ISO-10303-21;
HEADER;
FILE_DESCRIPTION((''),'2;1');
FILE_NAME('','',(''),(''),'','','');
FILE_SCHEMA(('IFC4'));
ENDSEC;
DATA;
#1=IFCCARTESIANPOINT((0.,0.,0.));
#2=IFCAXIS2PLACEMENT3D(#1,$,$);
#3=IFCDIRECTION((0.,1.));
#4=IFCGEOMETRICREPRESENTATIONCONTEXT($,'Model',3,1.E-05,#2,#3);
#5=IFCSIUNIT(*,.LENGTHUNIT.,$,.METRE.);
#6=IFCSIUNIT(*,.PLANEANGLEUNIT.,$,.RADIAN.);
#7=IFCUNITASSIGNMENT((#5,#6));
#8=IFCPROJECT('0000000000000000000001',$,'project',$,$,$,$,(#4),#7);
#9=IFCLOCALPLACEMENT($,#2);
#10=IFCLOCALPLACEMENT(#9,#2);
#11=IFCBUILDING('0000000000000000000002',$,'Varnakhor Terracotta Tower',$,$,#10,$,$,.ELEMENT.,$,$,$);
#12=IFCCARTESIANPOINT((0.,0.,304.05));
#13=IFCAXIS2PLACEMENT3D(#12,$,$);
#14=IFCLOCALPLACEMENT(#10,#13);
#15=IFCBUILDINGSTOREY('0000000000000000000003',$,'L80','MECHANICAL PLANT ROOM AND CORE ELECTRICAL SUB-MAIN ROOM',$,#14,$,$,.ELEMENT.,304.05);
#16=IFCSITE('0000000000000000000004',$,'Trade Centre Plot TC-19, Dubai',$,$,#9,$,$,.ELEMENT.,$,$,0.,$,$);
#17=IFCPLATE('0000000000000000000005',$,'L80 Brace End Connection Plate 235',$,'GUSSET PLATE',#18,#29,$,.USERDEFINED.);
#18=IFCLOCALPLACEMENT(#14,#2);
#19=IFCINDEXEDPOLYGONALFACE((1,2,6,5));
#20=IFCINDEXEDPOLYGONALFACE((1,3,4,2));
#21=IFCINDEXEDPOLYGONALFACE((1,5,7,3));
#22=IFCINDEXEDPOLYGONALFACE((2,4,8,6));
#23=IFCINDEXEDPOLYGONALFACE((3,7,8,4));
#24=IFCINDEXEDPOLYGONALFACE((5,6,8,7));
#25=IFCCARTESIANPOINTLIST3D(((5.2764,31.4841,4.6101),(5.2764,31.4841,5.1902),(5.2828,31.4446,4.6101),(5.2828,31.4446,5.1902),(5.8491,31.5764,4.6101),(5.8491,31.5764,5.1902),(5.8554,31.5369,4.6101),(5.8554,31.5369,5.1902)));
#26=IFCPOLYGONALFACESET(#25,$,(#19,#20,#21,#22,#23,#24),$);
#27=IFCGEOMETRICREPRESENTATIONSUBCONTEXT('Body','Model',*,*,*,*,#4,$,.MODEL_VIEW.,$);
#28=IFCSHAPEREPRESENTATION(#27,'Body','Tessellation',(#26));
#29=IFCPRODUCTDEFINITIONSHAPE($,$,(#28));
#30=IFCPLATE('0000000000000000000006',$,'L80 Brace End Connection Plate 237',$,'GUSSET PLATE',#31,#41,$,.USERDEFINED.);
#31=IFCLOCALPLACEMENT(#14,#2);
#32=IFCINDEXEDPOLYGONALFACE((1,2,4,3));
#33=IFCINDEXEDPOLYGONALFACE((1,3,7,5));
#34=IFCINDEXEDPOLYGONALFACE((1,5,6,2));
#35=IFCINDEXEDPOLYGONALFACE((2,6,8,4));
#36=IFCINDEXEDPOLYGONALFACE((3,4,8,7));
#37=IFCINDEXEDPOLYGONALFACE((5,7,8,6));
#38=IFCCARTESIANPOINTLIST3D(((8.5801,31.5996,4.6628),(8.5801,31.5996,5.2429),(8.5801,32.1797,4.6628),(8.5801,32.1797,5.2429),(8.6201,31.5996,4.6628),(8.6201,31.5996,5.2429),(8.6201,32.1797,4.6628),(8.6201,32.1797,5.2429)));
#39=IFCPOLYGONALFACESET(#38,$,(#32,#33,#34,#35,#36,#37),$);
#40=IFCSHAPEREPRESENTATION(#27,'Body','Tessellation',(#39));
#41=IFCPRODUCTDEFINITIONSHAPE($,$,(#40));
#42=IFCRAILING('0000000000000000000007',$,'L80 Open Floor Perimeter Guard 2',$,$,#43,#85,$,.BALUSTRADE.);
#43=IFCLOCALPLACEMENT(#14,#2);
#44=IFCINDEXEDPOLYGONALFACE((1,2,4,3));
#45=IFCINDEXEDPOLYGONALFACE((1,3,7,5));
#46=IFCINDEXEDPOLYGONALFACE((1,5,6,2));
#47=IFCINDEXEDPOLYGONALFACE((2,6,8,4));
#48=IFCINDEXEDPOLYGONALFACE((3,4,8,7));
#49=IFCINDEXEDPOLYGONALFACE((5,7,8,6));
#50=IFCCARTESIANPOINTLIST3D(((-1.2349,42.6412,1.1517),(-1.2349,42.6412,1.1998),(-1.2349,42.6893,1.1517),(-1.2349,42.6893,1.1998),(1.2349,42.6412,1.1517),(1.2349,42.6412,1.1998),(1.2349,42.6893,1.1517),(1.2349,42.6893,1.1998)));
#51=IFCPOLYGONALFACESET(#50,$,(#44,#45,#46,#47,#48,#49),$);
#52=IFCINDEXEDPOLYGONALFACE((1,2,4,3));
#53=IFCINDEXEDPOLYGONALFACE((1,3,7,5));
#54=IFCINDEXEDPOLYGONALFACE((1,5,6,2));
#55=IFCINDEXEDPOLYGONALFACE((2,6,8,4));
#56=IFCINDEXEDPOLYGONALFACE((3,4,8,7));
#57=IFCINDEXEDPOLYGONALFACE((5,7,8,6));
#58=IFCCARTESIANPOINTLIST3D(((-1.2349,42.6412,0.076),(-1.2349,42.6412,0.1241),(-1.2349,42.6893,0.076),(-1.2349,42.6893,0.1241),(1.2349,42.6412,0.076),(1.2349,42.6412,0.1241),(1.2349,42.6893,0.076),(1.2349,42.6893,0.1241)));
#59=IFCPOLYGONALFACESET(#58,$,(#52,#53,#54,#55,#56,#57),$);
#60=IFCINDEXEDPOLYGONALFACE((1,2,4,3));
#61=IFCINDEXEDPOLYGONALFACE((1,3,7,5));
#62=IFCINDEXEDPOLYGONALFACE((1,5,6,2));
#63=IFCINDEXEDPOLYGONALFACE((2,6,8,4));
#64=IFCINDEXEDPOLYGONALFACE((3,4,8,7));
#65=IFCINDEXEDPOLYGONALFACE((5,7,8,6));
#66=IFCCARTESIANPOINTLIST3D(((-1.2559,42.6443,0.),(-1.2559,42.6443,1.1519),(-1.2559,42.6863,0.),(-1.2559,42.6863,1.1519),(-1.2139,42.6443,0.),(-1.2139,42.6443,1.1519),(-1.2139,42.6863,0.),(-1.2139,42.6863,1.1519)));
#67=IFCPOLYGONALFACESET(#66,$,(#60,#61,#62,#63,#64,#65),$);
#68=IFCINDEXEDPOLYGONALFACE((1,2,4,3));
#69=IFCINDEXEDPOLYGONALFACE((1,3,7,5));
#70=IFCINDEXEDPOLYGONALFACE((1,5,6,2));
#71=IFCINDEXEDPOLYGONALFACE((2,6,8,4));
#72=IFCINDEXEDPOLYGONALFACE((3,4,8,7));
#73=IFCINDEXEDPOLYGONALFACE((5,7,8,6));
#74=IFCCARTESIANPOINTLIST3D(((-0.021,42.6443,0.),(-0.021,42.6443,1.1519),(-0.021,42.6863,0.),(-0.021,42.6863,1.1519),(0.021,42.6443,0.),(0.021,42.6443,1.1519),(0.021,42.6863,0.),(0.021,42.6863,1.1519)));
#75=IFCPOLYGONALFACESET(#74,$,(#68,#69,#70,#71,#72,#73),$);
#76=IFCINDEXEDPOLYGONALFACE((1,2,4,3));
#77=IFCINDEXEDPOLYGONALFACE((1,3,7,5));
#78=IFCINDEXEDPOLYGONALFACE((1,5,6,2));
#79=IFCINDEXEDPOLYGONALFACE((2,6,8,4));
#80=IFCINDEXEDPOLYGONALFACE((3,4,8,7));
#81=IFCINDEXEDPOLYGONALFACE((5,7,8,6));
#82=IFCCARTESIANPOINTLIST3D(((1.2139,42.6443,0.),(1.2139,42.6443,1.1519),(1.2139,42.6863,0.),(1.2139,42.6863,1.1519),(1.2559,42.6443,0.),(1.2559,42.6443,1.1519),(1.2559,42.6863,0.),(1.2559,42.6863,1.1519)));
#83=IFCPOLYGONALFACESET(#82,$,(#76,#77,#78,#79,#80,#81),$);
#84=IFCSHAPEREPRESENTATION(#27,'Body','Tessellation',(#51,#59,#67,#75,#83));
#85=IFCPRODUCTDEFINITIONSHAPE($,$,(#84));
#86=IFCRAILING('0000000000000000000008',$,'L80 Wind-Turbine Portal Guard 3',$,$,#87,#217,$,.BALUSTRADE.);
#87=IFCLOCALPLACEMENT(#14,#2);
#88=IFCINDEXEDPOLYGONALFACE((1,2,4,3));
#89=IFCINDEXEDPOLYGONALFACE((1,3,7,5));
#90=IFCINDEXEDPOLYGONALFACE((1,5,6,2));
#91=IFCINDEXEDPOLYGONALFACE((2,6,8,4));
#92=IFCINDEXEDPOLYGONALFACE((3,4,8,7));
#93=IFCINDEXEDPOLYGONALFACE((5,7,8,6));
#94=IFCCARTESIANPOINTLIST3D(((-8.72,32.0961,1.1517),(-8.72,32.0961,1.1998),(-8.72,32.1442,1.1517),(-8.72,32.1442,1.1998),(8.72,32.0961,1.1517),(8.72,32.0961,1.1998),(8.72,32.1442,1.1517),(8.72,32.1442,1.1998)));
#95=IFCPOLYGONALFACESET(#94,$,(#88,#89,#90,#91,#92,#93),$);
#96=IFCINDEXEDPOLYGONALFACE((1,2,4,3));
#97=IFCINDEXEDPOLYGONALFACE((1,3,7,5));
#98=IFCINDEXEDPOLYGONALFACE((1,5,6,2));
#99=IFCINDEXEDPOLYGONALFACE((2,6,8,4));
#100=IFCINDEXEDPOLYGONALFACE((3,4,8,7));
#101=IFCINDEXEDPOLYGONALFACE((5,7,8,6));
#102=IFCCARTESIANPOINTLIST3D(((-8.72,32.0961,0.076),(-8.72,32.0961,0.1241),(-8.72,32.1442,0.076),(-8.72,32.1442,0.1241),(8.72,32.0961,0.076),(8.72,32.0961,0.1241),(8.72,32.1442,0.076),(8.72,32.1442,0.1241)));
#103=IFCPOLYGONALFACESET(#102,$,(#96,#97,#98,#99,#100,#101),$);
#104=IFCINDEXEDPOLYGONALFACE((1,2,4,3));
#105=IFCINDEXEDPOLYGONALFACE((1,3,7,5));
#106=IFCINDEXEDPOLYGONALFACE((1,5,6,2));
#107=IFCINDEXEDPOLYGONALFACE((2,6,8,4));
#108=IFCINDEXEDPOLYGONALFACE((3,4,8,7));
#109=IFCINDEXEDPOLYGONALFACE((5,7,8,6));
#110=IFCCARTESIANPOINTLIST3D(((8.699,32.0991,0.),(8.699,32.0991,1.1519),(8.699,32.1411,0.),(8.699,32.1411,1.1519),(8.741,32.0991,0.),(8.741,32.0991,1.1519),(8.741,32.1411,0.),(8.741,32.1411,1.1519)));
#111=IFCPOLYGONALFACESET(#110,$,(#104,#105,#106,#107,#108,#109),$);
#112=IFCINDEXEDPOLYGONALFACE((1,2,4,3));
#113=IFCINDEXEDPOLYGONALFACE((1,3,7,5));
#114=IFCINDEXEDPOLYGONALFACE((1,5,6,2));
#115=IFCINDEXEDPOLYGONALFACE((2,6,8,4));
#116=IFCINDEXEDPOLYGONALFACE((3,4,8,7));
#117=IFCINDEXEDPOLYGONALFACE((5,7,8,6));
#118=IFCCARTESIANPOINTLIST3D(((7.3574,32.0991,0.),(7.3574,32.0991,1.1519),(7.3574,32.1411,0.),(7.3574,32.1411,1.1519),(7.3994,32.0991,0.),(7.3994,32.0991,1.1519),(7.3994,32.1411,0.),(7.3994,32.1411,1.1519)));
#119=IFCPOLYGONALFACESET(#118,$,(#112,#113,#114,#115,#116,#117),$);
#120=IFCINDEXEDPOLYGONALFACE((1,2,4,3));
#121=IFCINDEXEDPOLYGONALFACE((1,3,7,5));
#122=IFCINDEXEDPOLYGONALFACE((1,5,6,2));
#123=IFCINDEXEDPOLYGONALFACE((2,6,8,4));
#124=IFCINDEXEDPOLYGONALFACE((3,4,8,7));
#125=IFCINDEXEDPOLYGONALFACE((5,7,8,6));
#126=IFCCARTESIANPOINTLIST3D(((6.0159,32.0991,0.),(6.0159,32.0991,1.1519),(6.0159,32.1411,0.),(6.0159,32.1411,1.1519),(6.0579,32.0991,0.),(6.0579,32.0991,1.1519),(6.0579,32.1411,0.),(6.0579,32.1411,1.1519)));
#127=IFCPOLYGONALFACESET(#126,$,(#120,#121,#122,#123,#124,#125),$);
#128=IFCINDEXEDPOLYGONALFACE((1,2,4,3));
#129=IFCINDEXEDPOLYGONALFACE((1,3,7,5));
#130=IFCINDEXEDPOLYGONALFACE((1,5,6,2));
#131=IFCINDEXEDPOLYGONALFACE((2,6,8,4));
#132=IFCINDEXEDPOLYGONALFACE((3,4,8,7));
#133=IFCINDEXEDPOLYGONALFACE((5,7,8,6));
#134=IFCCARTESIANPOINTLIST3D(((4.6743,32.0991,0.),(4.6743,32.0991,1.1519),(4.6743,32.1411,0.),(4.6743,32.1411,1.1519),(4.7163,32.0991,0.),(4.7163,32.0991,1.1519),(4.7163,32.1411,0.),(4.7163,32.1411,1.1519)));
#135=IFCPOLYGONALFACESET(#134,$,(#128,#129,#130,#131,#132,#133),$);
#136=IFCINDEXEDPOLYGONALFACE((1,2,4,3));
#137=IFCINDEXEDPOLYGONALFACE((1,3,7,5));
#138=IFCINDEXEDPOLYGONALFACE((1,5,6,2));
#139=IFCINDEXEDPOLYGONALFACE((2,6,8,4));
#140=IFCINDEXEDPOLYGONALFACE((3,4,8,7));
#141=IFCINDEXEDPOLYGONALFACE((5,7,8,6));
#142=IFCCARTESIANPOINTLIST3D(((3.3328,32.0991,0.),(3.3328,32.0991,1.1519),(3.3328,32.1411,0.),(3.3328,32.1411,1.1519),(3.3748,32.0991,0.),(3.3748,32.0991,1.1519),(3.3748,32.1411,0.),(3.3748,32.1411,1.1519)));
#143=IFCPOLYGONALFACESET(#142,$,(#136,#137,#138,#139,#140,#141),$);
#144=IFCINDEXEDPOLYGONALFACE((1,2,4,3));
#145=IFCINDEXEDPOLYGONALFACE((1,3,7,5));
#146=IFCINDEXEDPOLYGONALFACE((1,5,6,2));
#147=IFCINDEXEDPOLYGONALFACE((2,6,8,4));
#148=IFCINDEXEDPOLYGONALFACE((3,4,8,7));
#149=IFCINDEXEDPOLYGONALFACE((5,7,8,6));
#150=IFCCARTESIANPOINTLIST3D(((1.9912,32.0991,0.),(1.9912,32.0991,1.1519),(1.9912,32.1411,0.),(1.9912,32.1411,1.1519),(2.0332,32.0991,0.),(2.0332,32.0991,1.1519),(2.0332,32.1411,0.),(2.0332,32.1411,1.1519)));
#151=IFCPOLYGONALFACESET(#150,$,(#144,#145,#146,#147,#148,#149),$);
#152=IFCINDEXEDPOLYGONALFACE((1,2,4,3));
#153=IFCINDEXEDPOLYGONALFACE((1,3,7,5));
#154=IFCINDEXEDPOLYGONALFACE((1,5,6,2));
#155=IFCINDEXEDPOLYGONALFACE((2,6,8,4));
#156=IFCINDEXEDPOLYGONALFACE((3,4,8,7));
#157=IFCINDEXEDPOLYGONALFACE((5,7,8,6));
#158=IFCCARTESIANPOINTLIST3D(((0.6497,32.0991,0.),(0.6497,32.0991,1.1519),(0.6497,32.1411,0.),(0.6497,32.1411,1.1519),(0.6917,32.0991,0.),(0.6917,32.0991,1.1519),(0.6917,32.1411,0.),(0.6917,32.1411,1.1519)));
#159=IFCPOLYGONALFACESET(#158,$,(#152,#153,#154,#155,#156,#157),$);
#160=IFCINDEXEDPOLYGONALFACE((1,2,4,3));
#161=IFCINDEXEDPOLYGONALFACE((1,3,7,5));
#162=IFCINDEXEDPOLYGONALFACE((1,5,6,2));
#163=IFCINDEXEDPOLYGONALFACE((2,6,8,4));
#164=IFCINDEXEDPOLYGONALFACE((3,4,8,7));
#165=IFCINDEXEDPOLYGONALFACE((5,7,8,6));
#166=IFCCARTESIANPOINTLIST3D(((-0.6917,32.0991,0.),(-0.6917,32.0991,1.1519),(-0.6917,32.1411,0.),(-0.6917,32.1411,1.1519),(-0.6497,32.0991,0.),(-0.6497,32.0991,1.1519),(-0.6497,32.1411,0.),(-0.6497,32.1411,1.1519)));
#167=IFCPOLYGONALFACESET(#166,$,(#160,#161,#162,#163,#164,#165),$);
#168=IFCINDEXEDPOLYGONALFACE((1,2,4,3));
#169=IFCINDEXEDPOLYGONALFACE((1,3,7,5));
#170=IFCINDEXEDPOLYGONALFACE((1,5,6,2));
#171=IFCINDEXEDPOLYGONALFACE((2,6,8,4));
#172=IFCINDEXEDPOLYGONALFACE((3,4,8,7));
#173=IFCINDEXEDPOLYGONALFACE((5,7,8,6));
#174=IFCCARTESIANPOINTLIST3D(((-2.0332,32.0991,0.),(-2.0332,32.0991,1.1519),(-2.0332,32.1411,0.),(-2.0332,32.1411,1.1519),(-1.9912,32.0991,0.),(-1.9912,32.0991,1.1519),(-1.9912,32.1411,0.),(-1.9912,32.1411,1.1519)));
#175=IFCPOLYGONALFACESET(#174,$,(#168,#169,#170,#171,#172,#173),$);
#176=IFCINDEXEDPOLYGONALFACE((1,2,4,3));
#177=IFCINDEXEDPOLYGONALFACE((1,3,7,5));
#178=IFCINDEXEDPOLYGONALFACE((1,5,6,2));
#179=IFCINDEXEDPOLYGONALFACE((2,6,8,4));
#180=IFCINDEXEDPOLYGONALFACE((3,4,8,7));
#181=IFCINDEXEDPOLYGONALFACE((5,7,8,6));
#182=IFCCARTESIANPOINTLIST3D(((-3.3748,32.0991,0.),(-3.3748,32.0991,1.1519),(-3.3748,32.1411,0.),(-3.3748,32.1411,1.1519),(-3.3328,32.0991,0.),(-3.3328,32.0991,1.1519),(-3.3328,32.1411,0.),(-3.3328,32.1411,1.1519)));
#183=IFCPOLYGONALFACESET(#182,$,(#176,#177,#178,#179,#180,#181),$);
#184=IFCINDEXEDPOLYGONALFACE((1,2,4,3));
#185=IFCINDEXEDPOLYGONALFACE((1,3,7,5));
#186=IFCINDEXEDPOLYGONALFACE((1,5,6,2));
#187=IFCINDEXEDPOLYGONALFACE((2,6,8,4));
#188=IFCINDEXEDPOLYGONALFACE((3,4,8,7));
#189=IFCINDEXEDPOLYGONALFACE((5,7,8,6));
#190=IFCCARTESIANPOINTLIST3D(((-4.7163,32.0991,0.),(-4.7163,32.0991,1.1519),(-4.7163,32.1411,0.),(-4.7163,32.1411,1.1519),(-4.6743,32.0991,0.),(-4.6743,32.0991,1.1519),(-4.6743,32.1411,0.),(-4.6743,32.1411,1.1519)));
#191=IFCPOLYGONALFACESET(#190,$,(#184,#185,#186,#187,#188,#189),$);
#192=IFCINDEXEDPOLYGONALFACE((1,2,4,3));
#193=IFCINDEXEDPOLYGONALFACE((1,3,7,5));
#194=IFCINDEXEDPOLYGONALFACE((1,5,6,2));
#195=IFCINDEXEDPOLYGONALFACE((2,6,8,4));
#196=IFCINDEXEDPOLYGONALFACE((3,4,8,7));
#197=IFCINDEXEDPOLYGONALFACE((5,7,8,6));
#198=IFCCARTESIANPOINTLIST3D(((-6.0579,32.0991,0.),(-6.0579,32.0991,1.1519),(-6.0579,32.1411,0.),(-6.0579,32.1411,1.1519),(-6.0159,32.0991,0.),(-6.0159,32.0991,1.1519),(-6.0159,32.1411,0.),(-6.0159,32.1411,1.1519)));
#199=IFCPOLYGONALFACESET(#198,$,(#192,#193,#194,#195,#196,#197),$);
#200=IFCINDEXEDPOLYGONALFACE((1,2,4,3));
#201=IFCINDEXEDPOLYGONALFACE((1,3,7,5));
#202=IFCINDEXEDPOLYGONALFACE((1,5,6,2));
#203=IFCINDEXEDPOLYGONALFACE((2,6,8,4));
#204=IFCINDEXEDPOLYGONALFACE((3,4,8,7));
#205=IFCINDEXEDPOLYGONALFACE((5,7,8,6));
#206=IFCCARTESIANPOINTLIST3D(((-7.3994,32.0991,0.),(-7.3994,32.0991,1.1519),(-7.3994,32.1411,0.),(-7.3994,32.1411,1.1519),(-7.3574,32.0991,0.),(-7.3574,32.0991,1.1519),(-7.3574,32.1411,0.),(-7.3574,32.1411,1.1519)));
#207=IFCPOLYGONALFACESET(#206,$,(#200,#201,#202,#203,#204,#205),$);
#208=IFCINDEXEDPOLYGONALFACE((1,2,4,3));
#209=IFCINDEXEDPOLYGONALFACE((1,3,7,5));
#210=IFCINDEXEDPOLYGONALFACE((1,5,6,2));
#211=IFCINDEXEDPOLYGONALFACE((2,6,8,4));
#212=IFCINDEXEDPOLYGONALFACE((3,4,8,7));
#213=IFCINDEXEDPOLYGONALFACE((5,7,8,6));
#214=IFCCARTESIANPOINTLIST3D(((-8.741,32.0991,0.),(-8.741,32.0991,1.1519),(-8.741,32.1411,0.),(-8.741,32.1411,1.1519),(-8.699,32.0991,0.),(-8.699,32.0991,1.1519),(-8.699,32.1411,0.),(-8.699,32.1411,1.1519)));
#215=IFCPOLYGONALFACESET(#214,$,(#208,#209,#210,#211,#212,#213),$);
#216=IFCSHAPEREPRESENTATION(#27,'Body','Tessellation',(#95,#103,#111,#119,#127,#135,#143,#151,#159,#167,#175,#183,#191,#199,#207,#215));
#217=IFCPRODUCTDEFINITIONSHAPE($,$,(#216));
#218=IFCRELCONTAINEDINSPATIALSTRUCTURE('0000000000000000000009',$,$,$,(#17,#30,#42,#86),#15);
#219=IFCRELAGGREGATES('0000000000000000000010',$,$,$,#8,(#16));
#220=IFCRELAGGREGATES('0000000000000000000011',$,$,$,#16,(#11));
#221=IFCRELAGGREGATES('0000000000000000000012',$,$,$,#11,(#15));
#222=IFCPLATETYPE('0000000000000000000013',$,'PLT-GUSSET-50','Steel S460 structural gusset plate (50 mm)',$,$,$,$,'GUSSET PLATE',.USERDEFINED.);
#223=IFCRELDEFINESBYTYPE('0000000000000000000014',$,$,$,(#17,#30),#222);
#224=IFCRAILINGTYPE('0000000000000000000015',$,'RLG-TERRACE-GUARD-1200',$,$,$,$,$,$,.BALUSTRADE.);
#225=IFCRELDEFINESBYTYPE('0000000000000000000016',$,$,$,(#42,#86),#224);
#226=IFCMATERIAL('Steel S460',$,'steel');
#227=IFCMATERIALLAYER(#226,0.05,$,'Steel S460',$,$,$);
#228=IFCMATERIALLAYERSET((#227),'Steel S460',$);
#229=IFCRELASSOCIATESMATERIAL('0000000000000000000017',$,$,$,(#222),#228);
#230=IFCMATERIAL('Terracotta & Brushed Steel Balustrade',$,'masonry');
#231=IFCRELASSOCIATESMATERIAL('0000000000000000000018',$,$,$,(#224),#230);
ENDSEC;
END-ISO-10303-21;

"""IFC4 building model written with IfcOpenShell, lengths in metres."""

from ifc_helpers import new_model, si_unit, direction, frame, origin, origin_2d, place, context, subcontext, project, spatial, rectangle, extrude, source, transform, mapped, material, layer, layer_set, type_object, element, save


model = new_model("IFC4")

# Units and contexts
model_context = context("Model", 3, precision=1e-05, world=origin(), true_north=direction((0.0, 1.0)))
body_context = subcontext(model_context, "Body", "Model", "MODEL_VIEW")
ifc_project = project(units=[si_unit("LENGTHUNIT", "METRE"), si_unit("PLANEANGLEUNIT", "RADIAN")], contexts=[model_context])

# Site, building, storey
site_placement = place(None, origin())
site = spatial("IfcSite", under=ifc_project, at=site_placement, Name="Trade Centre Plot TC-19, Dubai", CompositionType="ELEMENT", RefElevation=0.0)
building_placement = place(site_placement, origin())
building = spatial("IfcBuilding", under=site, at=building_placement, Name="Varnakhor Terracotta Tower", CompositionType="ELEMENT")
storey_placement = place(building_placement, frame((0.0, 0.0, 304.05)))
storey = spatial("IfcBuildingStorey", under=building, at=storey_placement, Name="L80", Description="MECHANICAL PLANT ROOM AND CORE ELECTRICAL SUB-MAIN ROOM", CompositionType="ELEMENT", Elevation=304.05)

# Shared definitions
ifc_material_1 = material(Name="Steel S460", Category="steel")

# Plates
ifc_layer_1 = layer(ifc_material_1, 0.05, Name="Steel S460")
ifc_layer_set_1 = layer_set([ifc_layer_1], Name="Steel S460")
plate_type_1 = type_object("IfcPlateType", Name="PLT-GUSSET-50", Description="Steel S460 structural gusset plate (50 mm)", ElementType="GUSSET PLATE", PredefinedType="USERDEFINED", material=ifc_layer_set_1)
shared_shape_1 = source(origin(), body_context, "Body", "SweptSolid", [
    extrude(rectangle(XDim=0.5801, YDim=0.04, at=origin_2d()), origin(), (0.0, 0.0, 1.0), 0.5801),
])
for number, where, z_axis, x_axis, name in (
    (1, (5.5659, 31.5105, 4.6101), (0.0, 0.0, 1.0), (-0.987242, -0.159226, 0.0), "L80 Brace End Connection Plate 235"),
    (2, (8.6001, 31.8896, 4.6628), (0.0, 0.0, 1.0), (0.0, 1.0, 0.0), "L80 Brace End Connection Plate 237"),
):
    element("IfcPlate", number, at=place(storey_placement, frame(where, z_axis=z_axis, x_axis=x_axis)), inside=storey, type_object=plate_type_1, Name=name, ObjectType="GUSSET PLATE", PredefinedType="USERDEFINED", context=body_context, shape_type="MappedRepresentation", body=[
        mapped(shared_shape_1, transform((0.0, 0.0, 0.0), scale=1.0)),
    ])

# Railings
ifc_material_2 = material(Name="Terracotta & Brushed Steel Balustrade", Category="masonry")
railing_type = type_object("IfcRailingType", Name="RLG-TERRACE-GUARD-1200", PredefinedType="BALUSTRADE", material=ifc_material_2)
railing_1_placement = place(storey_placement, frame((-1.2349, 42.6653, 0.0)))
element("IfcRailing", 3, at=railing_1_placement, inside=storey, type_object=railing_type, Name="L80 Open Floor Perimeter Guard 2", PredefinedType="BALUSTRADE", context=body_context, shape_type="SweptSolid", body=[
    extrude(rectangle(XDim=0.0481, YDim=0.0481, at=origin_2d()), frame((0.0, 0.0, 1.1758), z_axis=(1.0, 0.0, 0.0), x_axis=(0.0, 1.0, 0.0)), (0.0, 0.0, 1.0), 2.4697),
    extrude(rectangle(XDim=0.0481, YDim=0.0481, at=origin_2d()), frame((0.0, 0.0, 0.1001), z_axis=(1.0, 0.0, 0.0), x_axis=(0.0, 1.0, 0.0)), (0.0, 0.0, 1.0), 2.4697),
    extrude(rectangle(XDim=0.042, YDim=0.042, at=origin_2d()), origin(), (0.0, 0.0, 1.0), 1.1519),
    extrude(rectangle(XDim=0.042, YDim=0.042, at=origin_2d()), frame((1.2349, 0.0, 0.0)), (0.0, 0.0, 1.0), 1.1519),
    extrude(rectangle(XDim=0.042, YDim=0.042, at=origin_2d()), frame((2.4697, 0.0, 0.0)), (0.0, 0.0, 1.0), 1.1519),
])
railing_2_placement = place(storey_placement, frame((8.72, 32.1201, 0.0)))
element("IfcRailing", 4, at=railing_2_placement, inside=storey, type_object=railing_type, Name="L80 Wind-Turbine Portal Guard 3", PredefinedType="BALUSTRADE", context=body_context, shape_type="SweptSolid", body=[
    extrude(rectangle(XDim=0.0481, YDim=0.0481, at=origin_2d()), frame((0.0, 0.0, 1.1758), z_axis=(-1.0, 0.0, 0.0), x_axis=(0.0, -1.0, 0.0)), (0.0, 0.0, 1.0), 17.4399),
    extrude(rectangle(XDim=0.0481, YDim=0.0481, at=origin_2d()), frame((0.0, 0.0, 0.1001), z_axis=(-1.0, 0.0, 0.0), x_axis=(0.0, -1.0, 0.0)), (0.0, 0.0, 1.0), 17.4399),
    extrude(rectangle(XDim=0.042, YDim=0.042, at=origin_2d()), origin(), (0.0, 0.0, 1.0), 1.1519),
    extrude(rectangle(XDim=0.042, YDim=0.042, at=origin_2d()), frame((-1.3416, 0.0, 0.0)), (0.0, 0.0, 1.0), 1.1519),
    extrude(rectangle(XDim=0.042, YDim=0.042, at=origin_2d()), frame((-2.6831, 0.0, 0.0)), (0.0, 0.0, 1.0), 1.1519),
    extrude(rectangle(XDim=0.042, YDim=0.042, at=origin_2d()), frame((-4.0247, 0.0, 0.0)), (0.0, 0.0, 1.0), 1.1519),
    extrude(rectangle(XDim=0.042, YDim=0.042, at=origin_2d()), frame((-5.3662, 0.0, 0.0)), (0.0, 0.0, 1.0), 1.1519),
    extrude(rectangle(XDim=0.042, YDim=0.042, at=origin_2d()), frame((-6.7078, 0.0, 0.0)), (0.0, 0.0, 1.0), 1.1519),
    extrude(rectangle(XDim=0.042, YDim=0.042, at=origin_2d()), frame((-8.0493, 0.0, 0.0)), (0.0, 0.0, 1.0), 1.1519),
    extrude(rectangle(XDim=0.042, YDim=0.042, at=origin_2d()), frame((-9.3906, 0.0, 0.0)), (0.0, 0.0, 1.0), 1.1519),
    extrude(rectangle(XDim=0.042, YDim=0.042, at=origin_2d()), frame((-10.7322, 0.0, 0.0)), (0.0, 0.0, 1.0), 1.1519),
    extrude(rectangle(XDim=0.042, YDim=0.042, at=origin_2d()), frame((-12.0737, 0.0, 0.0)), (0.0, 0.0, 1.0), 1.1519),
    extrude(rectangle(XDim=0.042, YDim=0.042, at=origin_2d()), frame((-13.4153, 0.0, 0.0)), (0.0, 0.0, 1.0), 1.1519),
    extrude(rectangle(XDim=0.042, YDim=0.042, at=origin_2d()), frame((-14.7568, 0.0, 0.0)), (0.0, 0.0, 1.0), 1.1519),
    extrude(rectangle(XDim=0.042, YDim=0.042, at=origin_2d()), frame((-16.0984, 0.0, 0.0)), (0.0, 0.0, 1.0), 1.1519),
    extrude(rectangle(XDim=0.042, YDim=0.042, at=origin_2d()), frame((-17.4399, 0.0, 0.0)), (0.0, 0.0, 1.0), 1.1519),
])

save(model, "model.ifc")
